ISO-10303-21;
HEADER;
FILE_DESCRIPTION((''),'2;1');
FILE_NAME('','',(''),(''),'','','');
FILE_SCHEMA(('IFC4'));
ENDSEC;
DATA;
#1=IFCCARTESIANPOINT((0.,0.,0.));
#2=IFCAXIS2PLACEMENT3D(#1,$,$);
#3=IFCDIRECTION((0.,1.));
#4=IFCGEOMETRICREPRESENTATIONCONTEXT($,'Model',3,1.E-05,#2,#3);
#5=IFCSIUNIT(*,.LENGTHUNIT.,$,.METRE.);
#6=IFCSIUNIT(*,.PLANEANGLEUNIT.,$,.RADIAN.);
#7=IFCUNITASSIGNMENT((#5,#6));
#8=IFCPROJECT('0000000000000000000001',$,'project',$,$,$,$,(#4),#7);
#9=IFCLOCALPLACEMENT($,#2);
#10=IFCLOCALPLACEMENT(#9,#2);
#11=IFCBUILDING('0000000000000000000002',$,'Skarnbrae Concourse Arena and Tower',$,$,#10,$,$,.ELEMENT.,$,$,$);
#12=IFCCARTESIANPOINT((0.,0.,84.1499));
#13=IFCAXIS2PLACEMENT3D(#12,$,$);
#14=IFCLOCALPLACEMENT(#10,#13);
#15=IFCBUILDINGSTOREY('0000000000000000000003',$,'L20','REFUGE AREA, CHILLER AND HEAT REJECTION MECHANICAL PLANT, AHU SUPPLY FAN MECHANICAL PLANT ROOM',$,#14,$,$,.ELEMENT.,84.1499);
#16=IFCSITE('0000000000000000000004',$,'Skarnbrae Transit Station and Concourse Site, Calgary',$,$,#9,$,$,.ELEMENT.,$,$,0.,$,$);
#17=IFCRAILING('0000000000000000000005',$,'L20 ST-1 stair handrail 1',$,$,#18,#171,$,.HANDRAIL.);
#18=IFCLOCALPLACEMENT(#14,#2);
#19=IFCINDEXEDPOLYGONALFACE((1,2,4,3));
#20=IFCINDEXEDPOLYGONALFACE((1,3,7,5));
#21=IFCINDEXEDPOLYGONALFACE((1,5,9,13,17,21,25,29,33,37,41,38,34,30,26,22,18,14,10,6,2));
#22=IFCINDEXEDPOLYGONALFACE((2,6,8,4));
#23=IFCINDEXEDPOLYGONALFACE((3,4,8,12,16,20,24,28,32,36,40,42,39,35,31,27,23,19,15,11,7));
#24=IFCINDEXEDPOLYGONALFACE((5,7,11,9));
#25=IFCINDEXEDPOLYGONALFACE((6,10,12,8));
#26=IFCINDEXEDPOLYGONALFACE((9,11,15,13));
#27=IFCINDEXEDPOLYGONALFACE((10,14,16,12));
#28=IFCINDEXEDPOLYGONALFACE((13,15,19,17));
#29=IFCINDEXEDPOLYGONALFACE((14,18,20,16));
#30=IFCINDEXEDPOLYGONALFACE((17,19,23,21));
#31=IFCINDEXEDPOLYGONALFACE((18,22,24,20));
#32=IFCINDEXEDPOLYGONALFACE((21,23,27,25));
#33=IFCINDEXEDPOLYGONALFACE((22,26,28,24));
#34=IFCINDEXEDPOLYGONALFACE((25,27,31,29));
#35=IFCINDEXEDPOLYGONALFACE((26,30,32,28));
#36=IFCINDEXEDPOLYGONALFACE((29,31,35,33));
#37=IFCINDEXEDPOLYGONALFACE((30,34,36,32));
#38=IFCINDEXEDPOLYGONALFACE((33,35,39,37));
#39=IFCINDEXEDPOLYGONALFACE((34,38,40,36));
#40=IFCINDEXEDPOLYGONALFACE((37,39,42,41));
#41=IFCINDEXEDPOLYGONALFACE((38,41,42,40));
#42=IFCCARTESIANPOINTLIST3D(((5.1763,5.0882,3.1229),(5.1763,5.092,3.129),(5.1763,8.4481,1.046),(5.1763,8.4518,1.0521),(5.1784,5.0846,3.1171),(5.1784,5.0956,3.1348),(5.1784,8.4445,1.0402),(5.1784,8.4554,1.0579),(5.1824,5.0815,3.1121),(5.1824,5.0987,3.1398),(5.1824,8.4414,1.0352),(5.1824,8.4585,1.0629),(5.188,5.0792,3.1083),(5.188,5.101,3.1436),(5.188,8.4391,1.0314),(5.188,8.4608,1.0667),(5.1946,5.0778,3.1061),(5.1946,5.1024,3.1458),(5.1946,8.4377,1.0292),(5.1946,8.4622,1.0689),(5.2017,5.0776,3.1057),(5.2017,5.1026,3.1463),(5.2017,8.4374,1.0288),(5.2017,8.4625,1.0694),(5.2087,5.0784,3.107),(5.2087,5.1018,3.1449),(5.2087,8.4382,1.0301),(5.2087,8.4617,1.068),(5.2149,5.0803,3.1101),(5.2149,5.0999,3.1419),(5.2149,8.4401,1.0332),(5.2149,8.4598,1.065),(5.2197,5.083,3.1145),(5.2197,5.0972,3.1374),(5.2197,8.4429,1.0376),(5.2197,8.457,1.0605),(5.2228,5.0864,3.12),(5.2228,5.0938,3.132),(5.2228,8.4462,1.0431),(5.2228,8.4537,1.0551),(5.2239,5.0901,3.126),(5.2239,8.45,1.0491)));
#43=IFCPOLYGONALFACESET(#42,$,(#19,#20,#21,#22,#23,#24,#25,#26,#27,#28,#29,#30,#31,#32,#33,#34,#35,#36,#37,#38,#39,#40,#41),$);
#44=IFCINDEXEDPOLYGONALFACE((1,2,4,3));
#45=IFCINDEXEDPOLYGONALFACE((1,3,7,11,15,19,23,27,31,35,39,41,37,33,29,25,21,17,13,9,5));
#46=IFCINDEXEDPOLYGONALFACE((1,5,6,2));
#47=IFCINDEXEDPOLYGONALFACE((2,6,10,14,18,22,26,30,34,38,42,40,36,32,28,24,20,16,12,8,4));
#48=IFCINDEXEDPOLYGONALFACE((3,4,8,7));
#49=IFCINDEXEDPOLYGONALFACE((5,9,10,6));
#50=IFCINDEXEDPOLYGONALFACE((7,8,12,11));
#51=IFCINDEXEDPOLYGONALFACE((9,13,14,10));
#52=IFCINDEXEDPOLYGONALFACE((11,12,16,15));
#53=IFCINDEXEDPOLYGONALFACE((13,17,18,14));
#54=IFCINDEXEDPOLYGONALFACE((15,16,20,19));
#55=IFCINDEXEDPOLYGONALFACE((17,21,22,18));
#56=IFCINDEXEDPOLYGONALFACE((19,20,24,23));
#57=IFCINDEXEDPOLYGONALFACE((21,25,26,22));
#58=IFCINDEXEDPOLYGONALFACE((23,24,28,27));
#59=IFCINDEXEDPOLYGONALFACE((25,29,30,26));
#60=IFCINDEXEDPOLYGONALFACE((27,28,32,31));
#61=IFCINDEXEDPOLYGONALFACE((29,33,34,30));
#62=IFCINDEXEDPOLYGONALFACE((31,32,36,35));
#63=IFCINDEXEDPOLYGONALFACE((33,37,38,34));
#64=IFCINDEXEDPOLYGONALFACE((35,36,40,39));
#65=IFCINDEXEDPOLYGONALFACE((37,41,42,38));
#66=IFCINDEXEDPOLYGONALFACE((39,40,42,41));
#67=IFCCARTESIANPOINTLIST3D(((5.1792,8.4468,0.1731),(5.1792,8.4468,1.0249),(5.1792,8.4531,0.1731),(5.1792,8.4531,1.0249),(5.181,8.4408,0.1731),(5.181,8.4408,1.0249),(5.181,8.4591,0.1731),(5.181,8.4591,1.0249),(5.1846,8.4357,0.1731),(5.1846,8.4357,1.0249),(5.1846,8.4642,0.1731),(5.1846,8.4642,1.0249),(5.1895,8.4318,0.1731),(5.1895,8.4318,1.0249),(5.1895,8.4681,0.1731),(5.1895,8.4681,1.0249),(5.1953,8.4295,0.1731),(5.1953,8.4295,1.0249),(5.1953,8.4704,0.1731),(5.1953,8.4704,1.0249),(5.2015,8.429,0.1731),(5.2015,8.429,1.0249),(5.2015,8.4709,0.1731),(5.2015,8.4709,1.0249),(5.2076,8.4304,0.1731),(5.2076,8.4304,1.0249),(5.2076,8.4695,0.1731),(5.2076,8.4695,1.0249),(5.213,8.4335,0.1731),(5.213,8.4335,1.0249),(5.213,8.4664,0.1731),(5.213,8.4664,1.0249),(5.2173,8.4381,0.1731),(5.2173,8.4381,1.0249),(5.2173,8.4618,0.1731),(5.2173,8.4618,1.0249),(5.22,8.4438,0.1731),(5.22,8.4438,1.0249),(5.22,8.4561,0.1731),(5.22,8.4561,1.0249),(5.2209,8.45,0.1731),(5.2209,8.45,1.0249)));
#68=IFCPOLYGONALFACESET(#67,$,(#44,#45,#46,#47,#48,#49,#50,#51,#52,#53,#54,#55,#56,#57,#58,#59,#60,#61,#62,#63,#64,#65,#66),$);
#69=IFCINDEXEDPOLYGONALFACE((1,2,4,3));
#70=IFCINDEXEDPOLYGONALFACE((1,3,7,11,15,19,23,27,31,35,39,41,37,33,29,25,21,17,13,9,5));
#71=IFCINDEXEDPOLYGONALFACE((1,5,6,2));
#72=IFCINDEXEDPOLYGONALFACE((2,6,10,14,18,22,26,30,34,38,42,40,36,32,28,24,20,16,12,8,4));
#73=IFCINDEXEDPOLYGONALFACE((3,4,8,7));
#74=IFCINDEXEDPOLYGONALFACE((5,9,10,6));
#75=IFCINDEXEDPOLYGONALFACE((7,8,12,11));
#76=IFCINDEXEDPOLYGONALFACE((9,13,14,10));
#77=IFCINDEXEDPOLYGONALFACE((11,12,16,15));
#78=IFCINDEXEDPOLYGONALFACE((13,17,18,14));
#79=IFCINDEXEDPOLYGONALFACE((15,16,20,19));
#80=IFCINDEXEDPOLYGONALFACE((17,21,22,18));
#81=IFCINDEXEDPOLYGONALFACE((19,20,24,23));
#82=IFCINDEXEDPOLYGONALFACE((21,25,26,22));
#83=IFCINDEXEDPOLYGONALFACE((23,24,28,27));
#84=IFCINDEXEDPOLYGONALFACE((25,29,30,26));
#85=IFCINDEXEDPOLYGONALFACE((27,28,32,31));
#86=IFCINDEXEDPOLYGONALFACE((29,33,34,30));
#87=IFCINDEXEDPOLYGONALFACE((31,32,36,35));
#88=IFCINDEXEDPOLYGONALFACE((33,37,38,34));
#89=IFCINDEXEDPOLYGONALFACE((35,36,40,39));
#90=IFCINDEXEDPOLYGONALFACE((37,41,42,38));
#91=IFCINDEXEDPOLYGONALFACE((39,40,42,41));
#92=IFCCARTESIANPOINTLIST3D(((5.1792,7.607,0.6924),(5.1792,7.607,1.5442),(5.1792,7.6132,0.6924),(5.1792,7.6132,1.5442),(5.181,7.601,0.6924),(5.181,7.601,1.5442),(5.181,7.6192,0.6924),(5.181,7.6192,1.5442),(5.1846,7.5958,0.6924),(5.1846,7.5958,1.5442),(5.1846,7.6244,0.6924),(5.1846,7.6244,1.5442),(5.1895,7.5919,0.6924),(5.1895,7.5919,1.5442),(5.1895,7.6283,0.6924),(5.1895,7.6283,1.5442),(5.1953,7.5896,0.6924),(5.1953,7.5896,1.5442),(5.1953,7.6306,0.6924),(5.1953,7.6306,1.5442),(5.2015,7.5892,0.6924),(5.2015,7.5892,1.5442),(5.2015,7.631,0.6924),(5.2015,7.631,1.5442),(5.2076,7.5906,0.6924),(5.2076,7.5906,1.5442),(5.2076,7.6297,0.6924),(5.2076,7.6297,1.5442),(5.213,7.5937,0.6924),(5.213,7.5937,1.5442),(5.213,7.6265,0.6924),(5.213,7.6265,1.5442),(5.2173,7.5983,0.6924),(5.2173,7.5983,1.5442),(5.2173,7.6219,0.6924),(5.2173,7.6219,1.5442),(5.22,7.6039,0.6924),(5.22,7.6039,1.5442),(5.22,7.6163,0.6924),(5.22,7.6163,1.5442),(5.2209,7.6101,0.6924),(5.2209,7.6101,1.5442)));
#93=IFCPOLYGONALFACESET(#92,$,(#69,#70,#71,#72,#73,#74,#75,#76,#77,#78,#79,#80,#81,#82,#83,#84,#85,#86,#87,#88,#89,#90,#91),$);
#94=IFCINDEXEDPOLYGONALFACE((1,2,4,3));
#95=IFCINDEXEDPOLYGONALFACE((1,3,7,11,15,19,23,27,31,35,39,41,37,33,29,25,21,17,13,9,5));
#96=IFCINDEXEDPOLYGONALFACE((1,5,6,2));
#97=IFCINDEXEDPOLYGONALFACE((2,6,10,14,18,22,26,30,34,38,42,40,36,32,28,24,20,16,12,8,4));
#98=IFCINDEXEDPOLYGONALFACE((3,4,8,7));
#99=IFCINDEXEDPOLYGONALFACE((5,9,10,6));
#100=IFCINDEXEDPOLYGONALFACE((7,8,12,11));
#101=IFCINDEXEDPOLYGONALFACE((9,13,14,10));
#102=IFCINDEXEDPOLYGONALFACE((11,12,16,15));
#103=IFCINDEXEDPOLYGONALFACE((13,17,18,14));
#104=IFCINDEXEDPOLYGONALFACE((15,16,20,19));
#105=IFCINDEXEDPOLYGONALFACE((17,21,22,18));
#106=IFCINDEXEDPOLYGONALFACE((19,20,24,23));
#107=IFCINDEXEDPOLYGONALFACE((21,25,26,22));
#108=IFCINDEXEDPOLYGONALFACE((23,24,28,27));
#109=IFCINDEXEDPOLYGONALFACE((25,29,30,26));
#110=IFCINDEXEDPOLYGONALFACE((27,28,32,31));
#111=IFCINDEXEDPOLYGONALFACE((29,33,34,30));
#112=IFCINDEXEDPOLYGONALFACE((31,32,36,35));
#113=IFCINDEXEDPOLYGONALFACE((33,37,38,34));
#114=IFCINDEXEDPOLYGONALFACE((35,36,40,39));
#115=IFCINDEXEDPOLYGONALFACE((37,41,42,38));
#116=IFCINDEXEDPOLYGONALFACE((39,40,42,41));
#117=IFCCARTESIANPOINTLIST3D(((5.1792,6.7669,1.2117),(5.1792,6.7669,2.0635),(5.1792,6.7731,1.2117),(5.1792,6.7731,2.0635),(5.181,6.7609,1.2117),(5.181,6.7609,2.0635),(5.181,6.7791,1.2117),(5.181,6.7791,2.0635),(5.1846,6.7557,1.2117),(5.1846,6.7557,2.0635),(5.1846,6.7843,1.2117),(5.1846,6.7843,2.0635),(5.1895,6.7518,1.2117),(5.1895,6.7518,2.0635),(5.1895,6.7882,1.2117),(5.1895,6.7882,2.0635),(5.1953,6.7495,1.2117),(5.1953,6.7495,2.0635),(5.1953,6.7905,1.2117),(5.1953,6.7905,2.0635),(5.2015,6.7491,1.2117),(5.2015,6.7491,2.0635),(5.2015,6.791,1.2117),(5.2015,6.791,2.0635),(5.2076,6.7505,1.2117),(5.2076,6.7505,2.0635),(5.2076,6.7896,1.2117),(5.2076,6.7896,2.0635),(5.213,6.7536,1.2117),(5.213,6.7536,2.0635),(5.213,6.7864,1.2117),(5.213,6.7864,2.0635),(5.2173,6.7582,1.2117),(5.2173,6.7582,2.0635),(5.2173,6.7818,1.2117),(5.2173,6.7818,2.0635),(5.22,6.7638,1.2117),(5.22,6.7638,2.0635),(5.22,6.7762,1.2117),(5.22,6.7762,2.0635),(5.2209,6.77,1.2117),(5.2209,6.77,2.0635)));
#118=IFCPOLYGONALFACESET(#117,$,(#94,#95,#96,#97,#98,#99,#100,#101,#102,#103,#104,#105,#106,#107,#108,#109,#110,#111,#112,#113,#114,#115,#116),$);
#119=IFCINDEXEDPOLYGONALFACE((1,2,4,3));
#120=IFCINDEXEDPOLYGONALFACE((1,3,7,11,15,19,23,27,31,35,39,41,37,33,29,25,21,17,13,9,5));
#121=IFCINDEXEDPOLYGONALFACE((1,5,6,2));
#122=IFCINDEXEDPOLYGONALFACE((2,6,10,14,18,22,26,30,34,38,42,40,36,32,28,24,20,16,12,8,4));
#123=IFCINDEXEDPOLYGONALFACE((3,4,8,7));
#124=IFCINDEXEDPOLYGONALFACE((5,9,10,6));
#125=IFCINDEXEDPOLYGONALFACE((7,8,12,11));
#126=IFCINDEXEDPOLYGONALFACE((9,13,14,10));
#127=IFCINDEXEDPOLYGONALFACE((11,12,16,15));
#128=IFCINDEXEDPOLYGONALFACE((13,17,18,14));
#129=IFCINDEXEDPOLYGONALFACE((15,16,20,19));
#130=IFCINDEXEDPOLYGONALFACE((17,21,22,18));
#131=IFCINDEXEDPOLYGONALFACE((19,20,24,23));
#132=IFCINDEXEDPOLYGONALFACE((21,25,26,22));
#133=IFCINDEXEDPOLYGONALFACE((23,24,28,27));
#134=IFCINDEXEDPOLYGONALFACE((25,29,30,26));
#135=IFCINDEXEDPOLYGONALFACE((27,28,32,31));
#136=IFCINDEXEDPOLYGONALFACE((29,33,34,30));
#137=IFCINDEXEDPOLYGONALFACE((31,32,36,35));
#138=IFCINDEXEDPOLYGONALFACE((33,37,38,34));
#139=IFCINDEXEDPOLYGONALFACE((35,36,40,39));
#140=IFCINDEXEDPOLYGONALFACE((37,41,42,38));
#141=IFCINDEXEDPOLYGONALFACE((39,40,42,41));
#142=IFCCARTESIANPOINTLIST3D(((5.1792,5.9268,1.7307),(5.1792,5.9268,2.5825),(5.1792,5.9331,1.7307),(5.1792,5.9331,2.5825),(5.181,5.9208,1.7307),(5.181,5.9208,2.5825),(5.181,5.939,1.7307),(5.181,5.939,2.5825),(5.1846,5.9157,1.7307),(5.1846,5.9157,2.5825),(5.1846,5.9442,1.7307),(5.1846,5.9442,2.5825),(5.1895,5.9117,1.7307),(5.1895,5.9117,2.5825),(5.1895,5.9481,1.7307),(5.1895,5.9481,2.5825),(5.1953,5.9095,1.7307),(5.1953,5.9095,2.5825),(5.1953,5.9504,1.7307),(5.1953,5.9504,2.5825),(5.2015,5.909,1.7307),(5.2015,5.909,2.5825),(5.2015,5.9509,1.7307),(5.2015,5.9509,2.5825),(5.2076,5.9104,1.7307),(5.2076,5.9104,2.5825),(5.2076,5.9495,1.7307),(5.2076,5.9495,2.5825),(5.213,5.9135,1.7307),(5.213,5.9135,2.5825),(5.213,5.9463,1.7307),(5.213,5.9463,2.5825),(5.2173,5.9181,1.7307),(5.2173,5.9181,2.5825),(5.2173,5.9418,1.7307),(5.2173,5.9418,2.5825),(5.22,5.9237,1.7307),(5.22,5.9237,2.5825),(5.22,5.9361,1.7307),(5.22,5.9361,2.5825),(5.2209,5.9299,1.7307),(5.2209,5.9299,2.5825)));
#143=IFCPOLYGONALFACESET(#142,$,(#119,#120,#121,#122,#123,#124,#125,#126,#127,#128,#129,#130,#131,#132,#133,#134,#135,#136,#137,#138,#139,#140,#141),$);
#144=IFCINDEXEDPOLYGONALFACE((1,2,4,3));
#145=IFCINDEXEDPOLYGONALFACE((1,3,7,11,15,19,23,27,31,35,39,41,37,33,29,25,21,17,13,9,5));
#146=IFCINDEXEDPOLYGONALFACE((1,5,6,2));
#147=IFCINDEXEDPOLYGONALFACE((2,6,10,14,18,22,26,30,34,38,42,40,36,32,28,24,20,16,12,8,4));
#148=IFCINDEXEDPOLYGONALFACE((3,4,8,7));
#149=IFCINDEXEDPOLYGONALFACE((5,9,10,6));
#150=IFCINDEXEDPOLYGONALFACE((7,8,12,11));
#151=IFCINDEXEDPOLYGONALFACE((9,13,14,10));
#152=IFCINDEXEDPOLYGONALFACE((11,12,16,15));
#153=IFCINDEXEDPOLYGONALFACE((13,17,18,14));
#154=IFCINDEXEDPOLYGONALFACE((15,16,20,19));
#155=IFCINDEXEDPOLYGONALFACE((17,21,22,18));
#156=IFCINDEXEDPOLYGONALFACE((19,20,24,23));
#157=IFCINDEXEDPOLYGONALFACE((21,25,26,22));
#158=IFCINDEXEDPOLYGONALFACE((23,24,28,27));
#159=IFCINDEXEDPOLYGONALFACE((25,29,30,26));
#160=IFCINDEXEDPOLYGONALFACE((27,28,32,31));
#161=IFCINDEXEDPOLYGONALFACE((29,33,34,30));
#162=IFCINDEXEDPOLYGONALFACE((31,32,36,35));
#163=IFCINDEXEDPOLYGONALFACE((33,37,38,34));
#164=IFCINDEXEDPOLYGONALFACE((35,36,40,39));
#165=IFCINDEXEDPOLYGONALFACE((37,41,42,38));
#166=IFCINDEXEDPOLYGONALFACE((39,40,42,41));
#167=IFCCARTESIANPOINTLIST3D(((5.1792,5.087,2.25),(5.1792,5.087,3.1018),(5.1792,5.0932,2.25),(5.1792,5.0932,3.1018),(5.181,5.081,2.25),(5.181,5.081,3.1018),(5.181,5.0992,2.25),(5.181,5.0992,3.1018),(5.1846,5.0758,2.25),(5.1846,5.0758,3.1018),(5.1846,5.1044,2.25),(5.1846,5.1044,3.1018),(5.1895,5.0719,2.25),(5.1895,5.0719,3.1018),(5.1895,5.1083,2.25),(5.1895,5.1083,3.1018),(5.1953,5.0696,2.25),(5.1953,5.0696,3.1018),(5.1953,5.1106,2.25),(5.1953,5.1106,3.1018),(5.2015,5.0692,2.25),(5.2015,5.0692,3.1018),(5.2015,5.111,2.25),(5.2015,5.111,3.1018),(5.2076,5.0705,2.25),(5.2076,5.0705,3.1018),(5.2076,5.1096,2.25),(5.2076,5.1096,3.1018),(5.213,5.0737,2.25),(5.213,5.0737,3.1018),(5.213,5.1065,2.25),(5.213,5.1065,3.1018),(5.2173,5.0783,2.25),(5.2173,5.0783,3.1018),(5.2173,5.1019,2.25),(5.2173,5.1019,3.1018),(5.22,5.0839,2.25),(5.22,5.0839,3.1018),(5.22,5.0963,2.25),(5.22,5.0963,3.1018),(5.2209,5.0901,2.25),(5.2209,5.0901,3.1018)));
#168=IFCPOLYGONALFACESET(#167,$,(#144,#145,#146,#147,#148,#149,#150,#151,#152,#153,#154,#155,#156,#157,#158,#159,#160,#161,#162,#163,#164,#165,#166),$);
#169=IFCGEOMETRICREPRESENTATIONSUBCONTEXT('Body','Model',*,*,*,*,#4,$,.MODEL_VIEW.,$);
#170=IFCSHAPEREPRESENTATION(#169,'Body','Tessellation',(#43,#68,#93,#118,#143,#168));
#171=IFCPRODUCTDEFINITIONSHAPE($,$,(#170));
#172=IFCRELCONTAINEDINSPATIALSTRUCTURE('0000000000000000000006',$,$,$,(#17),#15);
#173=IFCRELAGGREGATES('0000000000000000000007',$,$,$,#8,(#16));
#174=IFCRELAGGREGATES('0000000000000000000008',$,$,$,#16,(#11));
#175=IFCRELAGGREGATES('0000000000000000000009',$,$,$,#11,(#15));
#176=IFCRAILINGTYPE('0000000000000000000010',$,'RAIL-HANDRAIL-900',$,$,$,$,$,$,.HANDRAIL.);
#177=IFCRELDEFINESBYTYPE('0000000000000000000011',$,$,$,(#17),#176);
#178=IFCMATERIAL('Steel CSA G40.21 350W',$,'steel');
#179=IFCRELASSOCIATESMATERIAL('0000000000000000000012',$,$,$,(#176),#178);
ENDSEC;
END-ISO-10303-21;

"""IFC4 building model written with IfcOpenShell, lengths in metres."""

from ifc_helpers import new_model, si_unit, direction, frame, origin, origin_2d, place, context, subcontext, project, spatial, circle, extrude, material, type_object, element, save


model = new_model("IFC4")

# Units and contexts
model_context = context("Model", 3, precision=1e-05, world=origin(), true_north=direction((0.0, 1.0)))
body_context = subcontext(model_context, "Body", "Model", "MODEL_VIEW")
ifc_project = project(units=[si_unit("LENGTHUNIT", "METRE"), si_unit("PLANEANGLEUNIT", "RADIAN")], contexts=[model_context])

# Site, building, storey
site_placement = place(None, origin())
site = spatial("IfcSite", under=ifc_project, at=site_placement, Name="Skarnbrae Transit Station and Concourse Site, Calgary", CompositionType="ELEMENT", RefElevation=0.0)
building_placement = place(site_placement, origin())
building = spatial("IfcBuilding", under=site, at=building_placement, Name="Skarnbrae Concourse Arena and Tower", CompositionType="ELEMENT")
storey_placement = place(building_placement, frame((0.0, 0.0, 84.1499)))
storey = spatial("IfcBuildingStorey", under=building, at=storey_placement, Name="L20", Description="REFUGE AREA, CHILLER AND HEAT REJECTION MECHANICAL PLANT, AHU SUPPLY FAN MECHANICAL PLANT ROOM", CompositionType="ELEMENT", Elevation=84.1499)

# Shared definitions
ifc_material_1 = material(Name="Steel CSA G40.21 350W", Category="steel")

# Railing
railing_type_1 = type_object("IfcRailingType", Name="RAIL-HANDRAIL-900", PredefinedType="HANDRAIL", material=ifc_material_1)
railing_1_placement = place(storey_placement, frame((5.2, 8.45, 0.1731)))
element("IfcRailing", 1, at=railing_1_placement, inside=storey, type_object=railing_type_1, Name="L20 ST-1 stair handrail 1", PredefinedType="HANDRAIL", context=body_context, shape_type="SweptSolid", body=[
    extrude(circle(Radius=0.0239, at=origin_2d()), frame((0.0, 0.0, 0.876), z_axis=(0.0, -0.850606, 0.525803), x_axis=(1.0, 0.0, 0.0)), (0.0, 0.0, 1.0), 3.95),
    extrude(circle(Radius=0.021, at=origin_2d()), origin(), (0.0, 0.0, 1.0), 0.8518),
    extrude(circle(Radius=0.021, at=origin_2d()), frame((0.0, -0.8398, 0.5193)), (0.0, 0.0, 1.0), 0.8518),
    extrude(circle(Radius=0.021, at=origin_2d()), frame((0.0, -1.6799, 1.0386)), (0.0, 0.0, 1.0), 0.8518),
    extrude(circle(Radius=0.021, at=origin_2d()), frame((0.0, -2.52, 1.5576)), (0.0, 0.0, 1.0), 0.8518),
    extrude(circle(Radius=0.021, at=origin_2d()), frame((0.0, -3.3599, 2.0769)), (0.0, 0.0, 1.0), 0.8518),
])

save(model, "model.ifc")
